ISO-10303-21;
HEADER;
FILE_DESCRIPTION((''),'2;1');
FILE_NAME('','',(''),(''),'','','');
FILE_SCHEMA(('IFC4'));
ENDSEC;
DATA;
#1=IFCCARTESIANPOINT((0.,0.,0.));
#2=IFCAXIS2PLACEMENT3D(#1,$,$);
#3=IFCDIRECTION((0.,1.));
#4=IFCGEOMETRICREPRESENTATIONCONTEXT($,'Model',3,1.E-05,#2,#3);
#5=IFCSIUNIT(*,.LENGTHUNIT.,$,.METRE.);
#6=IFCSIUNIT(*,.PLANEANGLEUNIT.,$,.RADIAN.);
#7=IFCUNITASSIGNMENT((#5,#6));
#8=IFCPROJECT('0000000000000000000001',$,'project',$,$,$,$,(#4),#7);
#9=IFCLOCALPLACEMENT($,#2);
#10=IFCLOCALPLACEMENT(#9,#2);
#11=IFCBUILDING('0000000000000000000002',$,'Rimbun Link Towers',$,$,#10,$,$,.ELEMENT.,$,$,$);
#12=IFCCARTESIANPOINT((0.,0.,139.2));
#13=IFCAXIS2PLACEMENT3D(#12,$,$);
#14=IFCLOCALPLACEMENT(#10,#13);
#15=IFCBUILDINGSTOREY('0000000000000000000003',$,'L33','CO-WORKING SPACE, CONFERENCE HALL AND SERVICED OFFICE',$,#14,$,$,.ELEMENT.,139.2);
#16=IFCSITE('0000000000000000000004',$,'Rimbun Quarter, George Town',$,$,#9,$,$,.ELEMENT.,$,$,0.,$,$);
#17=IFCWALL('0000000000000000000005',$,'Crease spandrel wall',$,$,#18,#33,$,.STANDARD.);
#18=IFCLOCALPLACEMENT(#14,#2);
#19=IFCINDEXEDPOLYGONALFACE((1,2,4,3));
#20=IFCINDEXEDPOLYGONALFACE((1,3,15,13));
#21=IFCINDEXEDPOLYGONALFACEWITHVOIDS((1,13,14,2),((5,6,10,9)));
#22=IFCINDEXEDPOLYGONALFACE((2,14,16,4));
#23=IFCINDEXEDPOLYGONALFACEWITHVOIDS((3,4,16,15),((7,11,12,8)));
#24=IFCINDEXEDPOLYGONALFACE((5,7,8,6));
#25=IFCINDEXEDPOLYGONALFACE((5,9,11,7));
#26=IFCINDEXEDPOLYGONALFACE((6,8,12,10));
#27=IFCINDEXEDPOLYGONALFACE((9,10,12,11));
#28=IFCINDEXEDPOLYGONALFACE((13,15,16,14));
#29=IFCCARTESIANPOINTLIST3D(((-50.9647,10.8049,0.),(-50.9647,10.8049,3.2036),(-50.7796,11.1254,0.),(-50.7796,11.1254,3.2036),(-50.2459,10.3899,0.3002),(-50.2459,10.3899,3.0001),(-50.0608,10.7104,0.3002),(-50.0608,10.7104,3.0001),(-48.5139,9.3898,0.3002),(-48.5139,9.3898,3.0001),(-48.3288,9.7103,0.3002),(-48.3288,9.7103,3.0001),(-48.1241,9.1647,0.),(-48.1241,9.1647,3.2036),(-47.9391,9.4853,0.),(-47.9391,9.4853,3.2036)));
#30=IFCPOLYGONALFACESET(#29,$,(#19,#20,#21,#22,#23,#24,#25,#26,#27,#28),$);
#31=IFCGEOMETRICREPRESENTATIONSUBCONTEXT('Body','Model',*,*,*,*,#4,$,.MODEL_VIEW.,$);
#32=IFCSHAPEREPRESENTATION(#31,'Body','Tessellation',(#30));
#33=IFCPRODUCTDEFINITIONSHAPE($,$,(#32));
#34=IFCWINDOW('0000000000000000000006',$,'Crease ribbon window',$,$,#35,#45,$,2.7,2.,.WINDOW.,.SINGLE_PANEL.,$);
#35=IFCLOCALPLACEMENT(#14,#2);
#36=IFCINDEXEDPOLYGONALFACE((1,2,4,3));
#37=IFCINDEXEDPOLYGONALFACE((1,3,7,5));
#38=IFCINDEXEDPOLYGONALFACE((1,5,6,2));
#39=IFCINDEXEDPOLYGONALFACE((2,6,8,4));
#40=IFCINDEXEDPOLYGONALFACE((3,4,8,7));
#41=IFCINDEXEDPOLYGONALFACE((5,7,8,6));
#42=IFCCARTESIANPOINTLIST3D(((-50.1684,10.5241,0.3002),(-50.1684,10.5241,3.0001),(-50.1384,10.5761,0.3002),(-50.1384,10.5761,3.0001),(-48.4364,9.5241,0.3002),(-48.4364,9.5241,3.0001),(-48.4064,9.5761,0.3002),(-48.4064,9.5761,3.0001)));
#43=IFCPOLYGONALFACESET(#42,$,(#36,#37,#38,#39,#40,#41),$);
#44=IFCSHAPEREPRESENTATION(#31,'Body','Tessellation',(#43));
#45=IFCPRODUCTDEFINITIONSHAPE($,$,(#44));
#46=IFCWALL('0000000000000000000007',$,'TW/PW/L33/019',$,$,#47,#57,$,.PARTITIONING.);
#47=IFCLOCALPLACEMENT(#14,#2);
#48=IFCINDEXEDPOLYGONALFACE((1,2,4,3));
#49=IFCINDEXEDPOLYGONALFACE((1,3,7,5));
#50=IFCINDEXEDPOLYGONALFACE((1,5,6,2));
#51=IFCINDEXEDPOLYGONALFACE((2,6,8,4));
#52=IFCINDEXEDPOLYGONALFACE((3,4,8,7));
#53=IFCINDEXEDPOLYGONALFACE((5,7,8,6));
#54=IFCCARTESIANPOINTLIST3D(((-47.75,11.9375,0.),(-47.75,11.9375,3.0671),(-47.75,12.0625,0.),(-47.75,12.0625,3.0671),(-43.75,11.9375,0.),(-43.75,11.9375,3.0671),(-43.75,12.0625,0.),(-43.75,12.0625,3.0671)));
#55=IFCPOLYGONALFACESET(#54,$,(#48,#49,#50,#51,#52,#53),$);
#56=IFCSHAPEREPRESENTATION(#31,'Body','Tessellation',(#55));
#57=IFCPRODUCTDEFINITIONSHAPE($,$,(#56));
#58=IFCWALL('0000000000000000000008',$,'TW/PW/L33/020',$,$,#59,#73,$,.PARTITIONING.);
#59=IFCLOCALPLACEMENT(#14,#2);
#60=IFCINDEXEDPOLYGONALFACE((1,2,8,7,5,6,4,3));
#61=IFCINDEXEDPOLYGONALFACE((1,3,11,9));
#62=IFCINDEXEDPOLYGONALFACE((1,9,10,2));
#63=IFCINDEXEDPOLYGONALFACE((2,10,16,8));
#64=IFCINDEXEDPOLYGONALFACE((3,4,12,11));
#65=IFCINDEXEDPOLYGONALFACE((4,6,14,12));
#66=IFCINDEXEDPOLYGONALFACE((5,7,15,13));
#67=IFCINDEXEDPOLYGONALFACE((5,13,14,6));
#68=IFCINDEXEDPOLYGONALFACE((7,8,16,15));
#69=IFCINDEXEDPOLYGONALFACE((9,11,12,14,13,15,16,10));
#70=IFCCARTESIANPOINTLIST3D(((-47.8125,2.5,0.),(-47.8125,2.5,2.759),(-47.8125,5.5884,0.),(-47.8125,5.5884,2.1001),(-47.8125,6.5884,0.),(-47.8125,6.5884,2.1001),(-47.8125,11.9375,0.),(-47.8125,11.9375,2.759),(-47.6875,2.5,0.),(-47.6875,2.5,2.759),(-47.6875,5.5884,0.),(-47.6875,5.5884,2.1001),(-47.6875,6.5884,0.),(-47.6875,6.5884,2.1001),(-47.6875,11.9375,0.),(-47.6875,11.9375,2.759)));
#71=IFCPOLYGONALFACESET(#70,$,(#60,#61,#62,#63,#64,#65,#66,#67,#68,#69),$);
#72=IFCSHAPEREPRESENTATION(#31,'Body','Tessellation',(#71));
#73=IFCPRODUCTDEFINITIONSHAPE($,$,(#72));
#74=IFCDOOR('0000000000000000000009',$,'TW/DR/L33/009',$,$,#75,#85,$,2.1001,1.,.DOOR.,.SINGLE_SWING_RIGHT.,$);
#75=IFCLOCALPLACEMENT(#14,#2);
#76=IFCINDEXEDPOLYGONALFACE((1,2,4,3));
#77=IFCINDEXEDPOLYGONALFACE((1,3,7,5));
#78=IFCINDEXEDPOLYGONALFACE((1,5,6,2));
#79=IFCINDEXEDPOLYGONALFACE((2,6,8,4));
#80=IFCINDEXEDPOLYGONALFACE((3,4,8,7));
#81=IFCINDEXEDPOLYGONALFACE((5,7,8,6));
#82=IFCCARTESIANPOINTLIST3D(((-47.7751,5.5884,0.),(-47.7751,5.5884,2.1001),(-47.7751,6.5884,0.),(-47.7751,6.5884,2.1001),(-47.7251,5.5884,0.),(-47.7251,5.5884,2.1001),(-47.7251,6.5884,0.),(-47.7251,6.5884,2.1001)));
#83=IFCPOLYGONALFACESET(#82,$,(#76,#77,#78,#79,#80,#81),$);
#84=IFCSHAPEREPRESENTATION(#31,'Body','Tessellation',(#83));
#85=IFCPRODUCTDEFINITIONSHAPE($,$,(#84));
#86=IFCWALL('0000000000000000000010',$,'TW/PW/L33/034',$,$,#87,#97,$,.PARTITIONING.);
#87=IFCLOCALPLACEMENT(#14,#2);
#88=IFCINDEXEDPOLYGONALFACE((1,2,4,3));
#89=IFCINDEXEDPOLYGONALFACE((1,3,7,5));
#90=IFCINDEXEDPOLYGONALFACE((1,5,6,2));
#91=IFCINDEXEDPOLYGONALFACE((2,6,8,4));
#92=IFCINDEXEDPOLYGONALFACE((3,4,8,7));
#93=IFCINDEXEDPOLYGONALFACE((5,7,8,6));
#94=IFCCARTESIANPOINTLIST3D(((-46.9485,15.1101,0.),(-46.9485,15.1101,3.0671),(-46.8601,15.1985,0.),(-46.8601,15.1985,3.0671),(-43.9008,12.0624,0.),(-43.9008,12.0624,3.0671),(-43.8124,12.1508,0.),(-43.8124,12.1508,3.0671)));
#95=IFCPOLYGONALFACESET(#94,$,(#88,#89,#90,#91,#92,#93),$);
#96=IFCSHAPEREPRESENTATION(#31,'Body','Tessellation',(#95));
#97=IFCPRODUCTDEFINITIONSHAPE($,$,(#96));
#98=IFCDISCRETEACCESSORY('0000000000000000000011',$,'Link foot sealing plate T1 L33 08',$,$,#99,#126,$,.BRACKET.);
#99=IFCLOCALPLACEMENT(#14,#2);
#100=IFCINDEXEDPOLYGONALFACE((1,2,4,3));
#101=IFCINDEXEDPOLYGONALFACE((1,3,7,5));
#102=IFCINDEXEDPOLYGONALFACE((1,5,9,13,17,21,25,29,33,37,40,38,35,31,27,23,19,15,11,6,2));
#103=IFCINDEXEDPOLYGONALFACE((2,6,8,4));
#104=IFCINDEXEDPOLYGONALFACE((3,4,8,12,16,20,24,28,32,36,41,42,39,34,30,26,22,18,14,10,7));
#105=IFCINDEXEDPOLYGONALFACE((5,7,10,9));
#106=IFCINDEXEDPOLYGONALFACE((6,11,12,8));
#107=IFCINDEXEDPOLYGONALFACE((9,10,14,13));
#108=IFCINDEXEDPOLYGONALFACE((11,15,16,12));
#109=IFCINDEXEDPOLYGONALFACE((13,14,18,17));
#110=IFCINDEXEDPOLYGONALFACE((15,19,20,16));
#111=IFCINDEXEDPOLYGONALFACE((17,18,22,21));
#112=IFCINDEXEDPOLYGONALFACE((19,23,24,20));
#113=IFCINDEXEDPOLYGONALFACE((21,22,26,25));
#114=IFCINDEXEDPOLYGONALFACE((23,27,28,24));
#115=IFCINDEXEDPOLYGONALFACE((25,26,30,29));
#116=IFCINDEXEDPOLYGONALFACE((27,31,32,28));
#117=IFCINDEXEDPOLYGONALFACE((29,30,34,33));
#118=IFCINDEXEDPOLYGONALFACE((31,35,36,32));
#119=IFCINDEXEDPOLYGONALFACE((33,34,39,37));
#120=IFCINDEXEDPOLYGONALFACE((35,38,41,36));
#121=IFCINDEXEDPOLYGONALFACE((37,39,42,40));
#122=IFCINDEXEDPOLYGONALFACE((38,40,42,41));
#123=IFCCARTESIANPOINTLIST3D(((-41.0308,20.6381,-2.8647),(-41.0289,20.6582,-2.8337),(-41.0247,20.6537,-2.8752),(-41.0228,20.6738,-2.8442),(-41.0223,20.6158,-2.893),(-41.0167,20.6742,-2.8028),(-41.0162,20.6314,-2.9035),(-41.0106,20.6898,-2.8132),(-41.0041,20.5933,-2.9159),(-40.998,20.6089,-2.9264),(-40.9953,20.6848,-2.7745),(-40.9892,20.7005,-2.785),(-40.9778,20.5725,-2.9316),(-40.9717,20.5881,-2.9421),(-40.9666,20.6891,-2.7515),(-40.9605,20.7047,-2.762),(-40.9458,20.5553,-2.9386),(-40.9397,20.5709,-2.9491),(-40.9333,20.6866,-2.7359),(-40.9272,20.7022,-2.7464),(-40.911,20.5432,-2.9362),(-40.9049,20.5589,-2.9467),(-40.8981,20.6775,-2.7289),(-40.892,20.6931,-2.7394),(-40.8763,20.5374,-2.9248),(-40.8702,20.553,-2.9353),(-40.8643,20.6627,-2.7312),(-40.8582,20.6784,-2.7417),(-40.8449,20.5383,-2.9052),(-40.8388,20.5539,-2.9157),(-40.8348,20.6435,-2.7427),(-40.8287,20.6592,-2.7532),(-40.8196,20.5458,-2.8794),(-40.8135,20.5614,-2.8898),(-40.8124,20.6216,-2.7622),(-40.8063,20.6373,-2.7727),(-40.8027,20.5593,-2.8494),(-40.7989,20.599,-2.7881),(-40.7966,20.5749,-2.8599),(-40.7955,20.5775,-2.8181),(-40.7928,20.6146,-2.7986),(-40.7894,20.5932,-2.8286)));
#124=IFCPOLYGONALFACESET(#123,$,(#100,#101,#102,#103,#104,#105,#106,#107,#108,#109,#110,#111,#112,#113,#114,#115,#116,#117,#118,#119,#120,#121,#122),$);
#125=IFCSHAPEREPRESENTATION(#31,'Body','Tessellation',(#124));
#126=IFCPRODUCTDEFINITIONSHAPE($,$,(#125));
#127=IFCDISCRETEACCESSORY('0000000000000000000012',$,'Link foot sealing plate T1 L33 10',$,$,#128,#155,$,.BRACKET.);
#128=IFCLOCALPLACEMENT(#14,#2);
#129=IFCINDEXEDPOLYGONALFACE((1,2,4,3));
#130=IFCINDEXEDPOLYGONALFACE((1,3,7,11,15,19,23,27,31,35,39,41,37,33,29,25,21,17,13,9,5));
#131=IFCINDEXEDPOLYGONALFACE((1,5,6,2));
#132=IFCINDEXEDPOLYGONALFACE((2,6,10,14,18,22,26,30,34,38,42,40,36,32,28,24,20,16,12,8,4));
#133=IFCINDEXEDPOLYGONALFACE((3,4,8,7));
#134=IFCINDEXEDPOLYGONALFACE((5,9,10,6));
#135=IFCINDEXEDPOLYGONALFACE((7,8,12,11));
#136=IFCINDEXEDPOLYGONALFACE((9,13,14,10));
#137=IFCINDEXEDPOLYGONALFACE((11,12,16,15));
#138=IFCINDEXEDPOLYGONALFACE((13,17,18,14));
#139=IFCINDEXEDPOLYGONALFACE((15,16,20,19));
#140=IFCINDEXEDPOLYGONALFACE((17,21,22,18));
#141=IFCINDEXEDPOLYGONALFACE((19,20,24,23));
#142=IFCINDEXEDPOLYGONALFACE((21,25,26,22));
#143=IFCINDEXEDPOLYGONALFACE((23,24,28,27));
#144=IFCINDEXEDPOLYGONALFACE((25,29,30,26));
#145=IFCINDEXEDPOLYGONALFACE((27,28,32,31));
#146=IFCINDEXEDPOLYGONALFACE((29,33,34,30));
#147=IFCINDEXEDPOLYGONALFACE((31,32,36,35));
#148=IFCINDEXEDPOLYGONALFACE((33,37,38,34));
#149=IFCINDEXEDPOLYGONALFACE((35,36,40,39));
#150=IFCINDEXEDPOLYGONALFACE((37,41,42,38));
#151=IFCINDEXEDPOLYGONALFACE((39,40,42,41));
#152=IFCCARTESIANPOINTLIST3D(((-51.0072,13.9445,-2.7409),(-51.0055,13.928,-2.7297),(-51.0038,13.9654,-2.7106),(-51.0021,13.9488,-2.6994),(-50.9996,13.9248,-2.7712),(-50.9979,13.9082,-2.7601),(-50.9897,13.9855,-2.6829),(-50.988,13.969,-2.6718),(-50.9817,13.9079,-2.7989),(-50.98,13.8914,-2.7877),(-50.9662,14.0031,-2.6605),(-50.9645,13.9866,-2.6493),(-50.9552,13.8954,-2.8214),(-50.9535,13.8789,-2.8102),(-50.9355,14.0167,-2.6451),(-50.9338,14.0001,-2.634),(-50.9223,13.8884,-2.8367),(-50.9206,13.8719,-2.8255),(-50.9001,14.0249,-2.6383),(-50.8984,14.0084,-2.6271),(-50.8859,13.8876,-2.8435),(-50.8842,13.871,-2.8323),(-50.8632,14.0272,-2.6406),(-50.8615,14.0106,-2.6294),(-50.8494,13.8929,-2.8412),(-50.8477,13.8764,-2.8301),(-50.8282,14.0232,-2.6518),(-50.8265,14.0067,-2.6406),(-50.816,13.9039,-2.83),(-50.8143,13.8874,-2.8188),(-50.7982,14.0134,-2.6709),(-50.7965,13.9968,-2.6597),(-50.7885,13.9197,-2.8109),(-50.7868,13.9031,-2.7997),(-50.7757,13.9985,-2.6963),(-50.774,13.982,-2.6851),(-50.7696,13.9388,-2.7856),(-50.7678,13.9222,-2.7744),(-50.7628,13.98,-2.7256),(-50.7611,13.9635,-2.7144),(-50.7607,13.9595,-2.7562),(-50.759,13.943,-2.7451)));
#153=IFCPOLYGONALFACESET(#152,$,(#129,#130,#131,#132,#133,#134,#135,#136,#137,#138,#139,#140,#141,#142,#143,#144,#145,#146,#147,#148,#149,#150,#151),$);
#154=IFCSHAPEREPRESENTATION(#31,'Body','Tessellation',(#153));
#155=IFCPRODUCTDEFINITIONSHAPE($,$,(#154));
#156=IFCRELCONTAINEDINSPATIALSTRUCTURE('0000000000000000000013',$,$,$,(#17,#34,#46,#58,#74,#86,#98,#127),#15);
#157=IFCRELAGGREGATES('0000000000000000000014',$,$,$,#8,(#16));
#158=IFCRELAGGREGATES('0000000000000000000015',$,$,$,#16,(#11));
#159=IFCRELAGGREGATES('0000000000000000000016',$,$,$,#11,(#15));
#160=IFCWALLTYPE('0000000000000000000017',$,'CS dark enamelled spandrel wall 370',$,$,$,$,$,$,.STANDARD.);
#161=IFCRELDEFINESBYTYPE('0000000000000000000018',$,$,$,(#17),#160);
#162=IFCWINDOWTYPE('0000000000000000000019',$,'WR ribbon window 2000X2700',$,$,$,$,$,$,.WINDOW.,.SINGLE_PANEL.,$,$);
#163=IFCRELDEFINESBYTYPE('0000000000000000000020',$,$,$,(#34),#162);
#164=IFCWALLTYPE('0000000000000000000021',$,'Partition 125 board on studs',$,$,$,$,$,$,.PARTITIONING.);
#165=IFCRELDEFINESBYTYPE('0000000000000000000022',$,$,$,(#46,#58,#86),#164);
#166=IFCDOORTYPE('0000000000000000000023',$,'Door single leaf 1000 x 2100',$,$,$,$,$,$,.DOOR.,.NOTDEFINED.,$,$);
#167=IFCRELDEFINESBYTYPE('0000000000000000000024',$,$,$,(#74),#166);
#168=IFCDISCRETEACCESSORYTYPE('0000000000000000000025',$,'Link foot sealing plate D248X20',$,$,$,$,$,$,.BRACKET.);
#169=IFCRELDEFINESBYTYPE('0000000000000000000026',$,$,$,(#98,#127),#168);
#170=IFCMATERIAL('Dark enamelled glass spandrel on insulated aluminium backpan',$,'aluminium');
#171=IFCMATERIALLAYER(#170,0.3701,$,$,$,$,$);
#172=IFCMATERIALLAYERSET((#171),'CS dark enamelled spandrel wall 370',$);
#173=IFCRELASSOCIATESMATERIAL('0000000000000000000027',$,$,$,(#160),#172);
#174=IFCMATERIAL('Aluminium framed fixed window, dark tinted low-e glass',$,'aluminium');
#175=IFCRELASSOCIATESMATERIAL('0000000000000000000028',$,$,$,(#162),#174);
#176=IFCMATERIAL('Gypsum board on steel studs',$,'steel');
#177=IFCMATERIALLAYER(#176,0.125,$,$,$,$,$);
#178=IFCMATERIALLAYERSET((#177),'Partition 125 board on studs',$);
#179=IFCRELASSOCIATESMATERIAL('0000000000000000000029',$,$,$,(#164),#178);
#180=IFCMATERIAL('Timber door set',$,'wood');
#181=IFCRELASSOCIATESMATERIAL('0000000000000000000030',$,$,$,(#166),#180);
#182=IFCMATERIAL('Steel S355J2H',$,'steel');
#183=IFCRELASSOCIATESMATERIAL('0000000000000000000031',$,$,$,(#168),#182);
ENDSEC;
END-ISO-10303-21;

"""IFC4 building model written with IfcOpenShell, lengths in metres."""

from ifc_helpers import new_model, si_unit, direction, frame, frame_2d, origin, origin_2d, place, context, subcontext, project, spatial, rectangle, circle, extrude, material, layer, layer_set, material_profile, profile_set, type_object, element, fill, save


model = new_model("IFC4")

# Units and contexts
model_context = context("Model", 3, precision=1e-05, world=origin(), true_north=direction((0.0, 1.0)))
body_context = subcontext(model_context, "Body", "Model", "MODEL_VIEW")
ifc_project = project(units=[si_unit("LENGTHUNIT", "METRE"), si_unit("PLANEANGLEUNIT", "RADIAN")], contexts=[model_context])

# Site, building, storey
site_placement = place(None, origin())
site = spatial("IfcSite", under=ifc_project, at=site_placement, Name="Rimbun Quarter, George Town", CompositionType="ELEMENT", RefElevation=0.0)
building_placement = place(site_placement, origin())
building = spatial("IfcBuilding", under=site, at=building_placement, Name="Rimbun Link Towers", CompositionType="ELEMENT")
storey_placement = place(building_placement, frame((0.0, 0.0, 139.2)))
storey = spatial("IfcBuildingStorey", under=building, at=storey_placement, Name="L33", Description="CO-WORKING SPACE, CONFERENCE HALL AND SERVICED OFFICE", CompositionType="ELEMENT", Elevation=139.2)

# Wall, opening, window
ifc_material_1 = material(Name="Dark enamelled glass spandrel on insulated aluminium backpan", Category="aluminium")
ifc_layer_1 = layer(ifc_material_1, 0.3701)
ifc_layer_set_1 = layer_set([ifc_layer_1], Name="CS dark enamelled spandrel wall 370")
wall_type_1 = type_object("IfcWallType", Name="CS dark enamelled spandrel wall 370", PredefinedType="STANDARD", material=ifc_layer_set_1)
wall_1_placement = place(storey_placement, frame((-48.0315, 9.325, 0.0), z_axis=(0.0, 0.0, 1.0), x_axis=(-0.866008, 0.50003, 0.0)))
wall_1 = element("IfcWall", 1, at=wall_1_placement, inside=storey, type_object=wall_type_1, Name="Crease spandrel wall", PredefinedType="STANDARD", context=body_context, shape_type="SweptSolid", body=[
    extrude(rectangle(XDim=3.28, YDim=0.3701, at=frame_2d((1.6401, 0.0))), origin(), (0.0, 0.0, 1.0), 3.2036),
])
opening_1_placement = place(wall_1_placement, frame((0.4502, 0.0, 0.3)))
opening_1 = element("IfcOpeningElement", 2, at=opening_1_placement, cuts=wall_1, PredefinedType="OPENING", context=body_context, shape_type="SweptSolid", body=[
    extrude(rectangle(XDim=2.0, YDim=2.7, at=frame_2d((1.0, 1.3501))), frame((0.0, 0.1951, 0.0), z_axis=(0.0, -1.0, 0.0), x_axis=(1.0, 0.0, 0.0)), (0.0, 0.0, 1.0), 0.3901),
])
ifc_material_2 = material(Name="Aluminium framed fixed window, dark tinted low-e glass", Category="aluminium")
window_type = type_object("IfcWindowType", Name="WR ribbon window 2000X2700", PartitioningType="SINGLE_PANEL", PredefinedType="WINDOW", material=ifc_material_2)
window_placement = place(opening_1_placement, origin())
window = element("IfcWindow", 3, at=window_placement, inside=storey, type_object=window_type, Name="Crease ribbon window", OverallHeight=2.7, OverallWidth=2.0, PartitioningType="SINGLE_PANEL", PredefinedType="WINDOW", context=body_context, shape_type="SweptSolid", body=[
    extrude(rectangle(XDim=2.0, YDim=2.7, at=frame_2d((1.0, 1.3501))), frame((0.0, 0.03, 0.0), z_axis=(0.0, -1.0, 0.0), x_axis=(1.0, 0.0, 0.0)), (0.0, 0.0, 1.0), 0.0601),
])
fill(opening_1, window)

# Wall
ifc_material_3 = material(Name="Gypsum board on steel studs", Category="steel")
ifc_layer_2 = layer(ifc_material_3, 0.125)
ifc_layer_set_2 = layer_set([ifc_layer_2], Name="Partition 125 board on studs")
wall_type_2 = type_object("IfcWallType", Name="Partition 125 board on studs", PredefinedType="PARTITIONING", material=ifc_layer_set_2)
wall_2_placement = place(storey_placement, frame((-43.75, 12.0, 0.0), z_axis=(0.0, 0.0, 1.0), x_axis=(-1.0, 0.0, 0.0)))
element("IfcWall", 4, at=wall_2_placement, inside=storey, type_object=wall_type_2, Name="TW/PW/L33/019", PredefinedType="PARTITIONING", context=body_context, shape_type="SweptSolid", body=[
    extrude(rectangle(XDim=4.0, YDim=0.125, at=frame_2d((2.0, 0.0))), origin(), (0.0, 0.0, 1.0), 3.0671),
])

# Wall, opening, door
wall_3_placement = place(storey_placement, frame((-47.75, 11.9375, 0.0), z_axis=(0.0, 0.0, 1.0), x_axis=(0.0, -1.0, 0.0)))
wall_3 = element("IfcWall", 5, at=wall_3_placement, inside=storey, type_object=wall_type_2, Name="TW/PW/L33/020", PredefinedType="PARTITIONING", context=body_context, shape_type="SweptSolid", body=[
    extrude(rectangle(XDim=9.4375, YDim=0.125, at=frame_2d((4.7188, 0.0))), origin(), (0.0, 0.0, 1.0), 2.759),
])
opening_2_placement = place(wall_3_placement, frame((5.3491, 0.0, 0.0)))
opening_2 = element("IfcOpeningElement", 6, at=opening_2_placement, cuts=wall_3, PredefinedType="OPENING", context=body_context, shape_type="SweptSolid", body=[
    extrude(rectangle(XDim=1.0, YDim=2.1001, at=frame_2d((0.5, 1.05))), frame((0.0, 0.0725, 0.0), z_axis=(0.0, -1.0, 0.0), x_axis=(1.0, 0.0, 0.0)), (0.0, 0.0, 1.0), 0.145),
])
ifc_material_4 = material(Name="Timber door set", Category="wood")
door_type = type_object("IfcDoorType", Name="Door single leaf 1000 x 2100", OperationType="NOTDEFINED", PredefinedType="DOOR", material=ifc_material_4)
door_placement = place(opening_2_placement, origin())
door = element("IfcDoor", 7, at=door_placement, inside=storey, type_object=door_type, Name="TW/DR/L33/009", OperationType="SINGLE_SWING_RIGHT", OverallHeight=2.1001, OverallWidth=1.0, PredefinedType="DOOR", context=body_context, shape_type="SweptSolid", body=[
    extrude(rectangle(XDim=1.0, YDim=2.1001, at=frame_2d((0.5, 1.05))), frame((0.0, 0.0249, 0.0), z_axis=(0.0, -1.0, 0.0), x_axis=(1.0, 0.0, 0.0)), (0.0, 0.0, 1.0), 0.05),
])
fill(opening_2, door)

# Wall
wall_4_placement = place(storey_placement, frame((-46.9043, 15.1543, 0.0), z_axis=(0.0, 0.0, 1.0), x_axis=(0.707107, -0.707107, 0.0)))
element("IfcWall", 8, at=wall_4_placement, inside=storey, type_object=wall_type_2, Name="TW/PW/L33/034", PredefinedType="PARTITIONING", context=body_context, shape_type="SweptSolid", body=[
    extrude(rectangle(XDim=4.3101, YDim=0.125, at=frame_2d((2.155, 0.0))), origin(), (0.0, 0.0, 1.0), 3.0671),
])

# Discrete accessories
ifc_material_5 = material(Name="Steel S355J2H", Category="steel")
ifc_material_profile_1 = material_profile(ifc_material_5, circle(Radius=0.124, at=origin_2d()), Name="PL D248")
ifc_profile_set_1 = profile_set([ifc_material_profile_1], Name="Steel S355J2H")
discrete_accessory_type = type_object("IfcDiscreteAccessoryType", Name="Link foot sealing plate D248X20", PredefinedType="BRACKET", material=ifc_profile_set_1)
discrete_accessory_1_placement = place(storey_placement, frame((-40.9133, 20.613, -2.8337), z_axis=(0.308431, 0.789582, -0.5305), x_axis=(-0.931457, 0.363851, 0.0)))
element("IfcDiscreteAccessory", 9, at=discrete_accessory_1_placement, inside=storey, type_object=discrete_accessory_type, Name="Link foot sealing plate T1 L33 08", PredefinedType="BRACKET", context=body_context, shape_type="SweptSolid", body=[
    extrude(circle(Radius=0.124, at=origin_2d()), origin(), (0.0, 0.0, 1.0), 0.0198),
])
discrete_accessory_2_placement = place(storey_placement, frame((-50.8821, 13.9407, -2.7297), z_axis=(-0.084956, 0.825289, -0.558284), x_axis=(-0.994743, -0.1024, 0.0)))
element("IfcDiscreteAccessory", 10, at=discrete_accessory_2_placement, inside=storey, type_object=discrete_accessory_type, Name="Link foot sealing plate T1 L33 10", PredefinedType="BRACKET", context=body_context, shape_type="SweptSolid", body=[
    extrude(circle(Radius=0.124, at=origin_2d()), origin(), (0.0, 0.0, 1.0), 0.02),
])

save(model, "model.ifc")
